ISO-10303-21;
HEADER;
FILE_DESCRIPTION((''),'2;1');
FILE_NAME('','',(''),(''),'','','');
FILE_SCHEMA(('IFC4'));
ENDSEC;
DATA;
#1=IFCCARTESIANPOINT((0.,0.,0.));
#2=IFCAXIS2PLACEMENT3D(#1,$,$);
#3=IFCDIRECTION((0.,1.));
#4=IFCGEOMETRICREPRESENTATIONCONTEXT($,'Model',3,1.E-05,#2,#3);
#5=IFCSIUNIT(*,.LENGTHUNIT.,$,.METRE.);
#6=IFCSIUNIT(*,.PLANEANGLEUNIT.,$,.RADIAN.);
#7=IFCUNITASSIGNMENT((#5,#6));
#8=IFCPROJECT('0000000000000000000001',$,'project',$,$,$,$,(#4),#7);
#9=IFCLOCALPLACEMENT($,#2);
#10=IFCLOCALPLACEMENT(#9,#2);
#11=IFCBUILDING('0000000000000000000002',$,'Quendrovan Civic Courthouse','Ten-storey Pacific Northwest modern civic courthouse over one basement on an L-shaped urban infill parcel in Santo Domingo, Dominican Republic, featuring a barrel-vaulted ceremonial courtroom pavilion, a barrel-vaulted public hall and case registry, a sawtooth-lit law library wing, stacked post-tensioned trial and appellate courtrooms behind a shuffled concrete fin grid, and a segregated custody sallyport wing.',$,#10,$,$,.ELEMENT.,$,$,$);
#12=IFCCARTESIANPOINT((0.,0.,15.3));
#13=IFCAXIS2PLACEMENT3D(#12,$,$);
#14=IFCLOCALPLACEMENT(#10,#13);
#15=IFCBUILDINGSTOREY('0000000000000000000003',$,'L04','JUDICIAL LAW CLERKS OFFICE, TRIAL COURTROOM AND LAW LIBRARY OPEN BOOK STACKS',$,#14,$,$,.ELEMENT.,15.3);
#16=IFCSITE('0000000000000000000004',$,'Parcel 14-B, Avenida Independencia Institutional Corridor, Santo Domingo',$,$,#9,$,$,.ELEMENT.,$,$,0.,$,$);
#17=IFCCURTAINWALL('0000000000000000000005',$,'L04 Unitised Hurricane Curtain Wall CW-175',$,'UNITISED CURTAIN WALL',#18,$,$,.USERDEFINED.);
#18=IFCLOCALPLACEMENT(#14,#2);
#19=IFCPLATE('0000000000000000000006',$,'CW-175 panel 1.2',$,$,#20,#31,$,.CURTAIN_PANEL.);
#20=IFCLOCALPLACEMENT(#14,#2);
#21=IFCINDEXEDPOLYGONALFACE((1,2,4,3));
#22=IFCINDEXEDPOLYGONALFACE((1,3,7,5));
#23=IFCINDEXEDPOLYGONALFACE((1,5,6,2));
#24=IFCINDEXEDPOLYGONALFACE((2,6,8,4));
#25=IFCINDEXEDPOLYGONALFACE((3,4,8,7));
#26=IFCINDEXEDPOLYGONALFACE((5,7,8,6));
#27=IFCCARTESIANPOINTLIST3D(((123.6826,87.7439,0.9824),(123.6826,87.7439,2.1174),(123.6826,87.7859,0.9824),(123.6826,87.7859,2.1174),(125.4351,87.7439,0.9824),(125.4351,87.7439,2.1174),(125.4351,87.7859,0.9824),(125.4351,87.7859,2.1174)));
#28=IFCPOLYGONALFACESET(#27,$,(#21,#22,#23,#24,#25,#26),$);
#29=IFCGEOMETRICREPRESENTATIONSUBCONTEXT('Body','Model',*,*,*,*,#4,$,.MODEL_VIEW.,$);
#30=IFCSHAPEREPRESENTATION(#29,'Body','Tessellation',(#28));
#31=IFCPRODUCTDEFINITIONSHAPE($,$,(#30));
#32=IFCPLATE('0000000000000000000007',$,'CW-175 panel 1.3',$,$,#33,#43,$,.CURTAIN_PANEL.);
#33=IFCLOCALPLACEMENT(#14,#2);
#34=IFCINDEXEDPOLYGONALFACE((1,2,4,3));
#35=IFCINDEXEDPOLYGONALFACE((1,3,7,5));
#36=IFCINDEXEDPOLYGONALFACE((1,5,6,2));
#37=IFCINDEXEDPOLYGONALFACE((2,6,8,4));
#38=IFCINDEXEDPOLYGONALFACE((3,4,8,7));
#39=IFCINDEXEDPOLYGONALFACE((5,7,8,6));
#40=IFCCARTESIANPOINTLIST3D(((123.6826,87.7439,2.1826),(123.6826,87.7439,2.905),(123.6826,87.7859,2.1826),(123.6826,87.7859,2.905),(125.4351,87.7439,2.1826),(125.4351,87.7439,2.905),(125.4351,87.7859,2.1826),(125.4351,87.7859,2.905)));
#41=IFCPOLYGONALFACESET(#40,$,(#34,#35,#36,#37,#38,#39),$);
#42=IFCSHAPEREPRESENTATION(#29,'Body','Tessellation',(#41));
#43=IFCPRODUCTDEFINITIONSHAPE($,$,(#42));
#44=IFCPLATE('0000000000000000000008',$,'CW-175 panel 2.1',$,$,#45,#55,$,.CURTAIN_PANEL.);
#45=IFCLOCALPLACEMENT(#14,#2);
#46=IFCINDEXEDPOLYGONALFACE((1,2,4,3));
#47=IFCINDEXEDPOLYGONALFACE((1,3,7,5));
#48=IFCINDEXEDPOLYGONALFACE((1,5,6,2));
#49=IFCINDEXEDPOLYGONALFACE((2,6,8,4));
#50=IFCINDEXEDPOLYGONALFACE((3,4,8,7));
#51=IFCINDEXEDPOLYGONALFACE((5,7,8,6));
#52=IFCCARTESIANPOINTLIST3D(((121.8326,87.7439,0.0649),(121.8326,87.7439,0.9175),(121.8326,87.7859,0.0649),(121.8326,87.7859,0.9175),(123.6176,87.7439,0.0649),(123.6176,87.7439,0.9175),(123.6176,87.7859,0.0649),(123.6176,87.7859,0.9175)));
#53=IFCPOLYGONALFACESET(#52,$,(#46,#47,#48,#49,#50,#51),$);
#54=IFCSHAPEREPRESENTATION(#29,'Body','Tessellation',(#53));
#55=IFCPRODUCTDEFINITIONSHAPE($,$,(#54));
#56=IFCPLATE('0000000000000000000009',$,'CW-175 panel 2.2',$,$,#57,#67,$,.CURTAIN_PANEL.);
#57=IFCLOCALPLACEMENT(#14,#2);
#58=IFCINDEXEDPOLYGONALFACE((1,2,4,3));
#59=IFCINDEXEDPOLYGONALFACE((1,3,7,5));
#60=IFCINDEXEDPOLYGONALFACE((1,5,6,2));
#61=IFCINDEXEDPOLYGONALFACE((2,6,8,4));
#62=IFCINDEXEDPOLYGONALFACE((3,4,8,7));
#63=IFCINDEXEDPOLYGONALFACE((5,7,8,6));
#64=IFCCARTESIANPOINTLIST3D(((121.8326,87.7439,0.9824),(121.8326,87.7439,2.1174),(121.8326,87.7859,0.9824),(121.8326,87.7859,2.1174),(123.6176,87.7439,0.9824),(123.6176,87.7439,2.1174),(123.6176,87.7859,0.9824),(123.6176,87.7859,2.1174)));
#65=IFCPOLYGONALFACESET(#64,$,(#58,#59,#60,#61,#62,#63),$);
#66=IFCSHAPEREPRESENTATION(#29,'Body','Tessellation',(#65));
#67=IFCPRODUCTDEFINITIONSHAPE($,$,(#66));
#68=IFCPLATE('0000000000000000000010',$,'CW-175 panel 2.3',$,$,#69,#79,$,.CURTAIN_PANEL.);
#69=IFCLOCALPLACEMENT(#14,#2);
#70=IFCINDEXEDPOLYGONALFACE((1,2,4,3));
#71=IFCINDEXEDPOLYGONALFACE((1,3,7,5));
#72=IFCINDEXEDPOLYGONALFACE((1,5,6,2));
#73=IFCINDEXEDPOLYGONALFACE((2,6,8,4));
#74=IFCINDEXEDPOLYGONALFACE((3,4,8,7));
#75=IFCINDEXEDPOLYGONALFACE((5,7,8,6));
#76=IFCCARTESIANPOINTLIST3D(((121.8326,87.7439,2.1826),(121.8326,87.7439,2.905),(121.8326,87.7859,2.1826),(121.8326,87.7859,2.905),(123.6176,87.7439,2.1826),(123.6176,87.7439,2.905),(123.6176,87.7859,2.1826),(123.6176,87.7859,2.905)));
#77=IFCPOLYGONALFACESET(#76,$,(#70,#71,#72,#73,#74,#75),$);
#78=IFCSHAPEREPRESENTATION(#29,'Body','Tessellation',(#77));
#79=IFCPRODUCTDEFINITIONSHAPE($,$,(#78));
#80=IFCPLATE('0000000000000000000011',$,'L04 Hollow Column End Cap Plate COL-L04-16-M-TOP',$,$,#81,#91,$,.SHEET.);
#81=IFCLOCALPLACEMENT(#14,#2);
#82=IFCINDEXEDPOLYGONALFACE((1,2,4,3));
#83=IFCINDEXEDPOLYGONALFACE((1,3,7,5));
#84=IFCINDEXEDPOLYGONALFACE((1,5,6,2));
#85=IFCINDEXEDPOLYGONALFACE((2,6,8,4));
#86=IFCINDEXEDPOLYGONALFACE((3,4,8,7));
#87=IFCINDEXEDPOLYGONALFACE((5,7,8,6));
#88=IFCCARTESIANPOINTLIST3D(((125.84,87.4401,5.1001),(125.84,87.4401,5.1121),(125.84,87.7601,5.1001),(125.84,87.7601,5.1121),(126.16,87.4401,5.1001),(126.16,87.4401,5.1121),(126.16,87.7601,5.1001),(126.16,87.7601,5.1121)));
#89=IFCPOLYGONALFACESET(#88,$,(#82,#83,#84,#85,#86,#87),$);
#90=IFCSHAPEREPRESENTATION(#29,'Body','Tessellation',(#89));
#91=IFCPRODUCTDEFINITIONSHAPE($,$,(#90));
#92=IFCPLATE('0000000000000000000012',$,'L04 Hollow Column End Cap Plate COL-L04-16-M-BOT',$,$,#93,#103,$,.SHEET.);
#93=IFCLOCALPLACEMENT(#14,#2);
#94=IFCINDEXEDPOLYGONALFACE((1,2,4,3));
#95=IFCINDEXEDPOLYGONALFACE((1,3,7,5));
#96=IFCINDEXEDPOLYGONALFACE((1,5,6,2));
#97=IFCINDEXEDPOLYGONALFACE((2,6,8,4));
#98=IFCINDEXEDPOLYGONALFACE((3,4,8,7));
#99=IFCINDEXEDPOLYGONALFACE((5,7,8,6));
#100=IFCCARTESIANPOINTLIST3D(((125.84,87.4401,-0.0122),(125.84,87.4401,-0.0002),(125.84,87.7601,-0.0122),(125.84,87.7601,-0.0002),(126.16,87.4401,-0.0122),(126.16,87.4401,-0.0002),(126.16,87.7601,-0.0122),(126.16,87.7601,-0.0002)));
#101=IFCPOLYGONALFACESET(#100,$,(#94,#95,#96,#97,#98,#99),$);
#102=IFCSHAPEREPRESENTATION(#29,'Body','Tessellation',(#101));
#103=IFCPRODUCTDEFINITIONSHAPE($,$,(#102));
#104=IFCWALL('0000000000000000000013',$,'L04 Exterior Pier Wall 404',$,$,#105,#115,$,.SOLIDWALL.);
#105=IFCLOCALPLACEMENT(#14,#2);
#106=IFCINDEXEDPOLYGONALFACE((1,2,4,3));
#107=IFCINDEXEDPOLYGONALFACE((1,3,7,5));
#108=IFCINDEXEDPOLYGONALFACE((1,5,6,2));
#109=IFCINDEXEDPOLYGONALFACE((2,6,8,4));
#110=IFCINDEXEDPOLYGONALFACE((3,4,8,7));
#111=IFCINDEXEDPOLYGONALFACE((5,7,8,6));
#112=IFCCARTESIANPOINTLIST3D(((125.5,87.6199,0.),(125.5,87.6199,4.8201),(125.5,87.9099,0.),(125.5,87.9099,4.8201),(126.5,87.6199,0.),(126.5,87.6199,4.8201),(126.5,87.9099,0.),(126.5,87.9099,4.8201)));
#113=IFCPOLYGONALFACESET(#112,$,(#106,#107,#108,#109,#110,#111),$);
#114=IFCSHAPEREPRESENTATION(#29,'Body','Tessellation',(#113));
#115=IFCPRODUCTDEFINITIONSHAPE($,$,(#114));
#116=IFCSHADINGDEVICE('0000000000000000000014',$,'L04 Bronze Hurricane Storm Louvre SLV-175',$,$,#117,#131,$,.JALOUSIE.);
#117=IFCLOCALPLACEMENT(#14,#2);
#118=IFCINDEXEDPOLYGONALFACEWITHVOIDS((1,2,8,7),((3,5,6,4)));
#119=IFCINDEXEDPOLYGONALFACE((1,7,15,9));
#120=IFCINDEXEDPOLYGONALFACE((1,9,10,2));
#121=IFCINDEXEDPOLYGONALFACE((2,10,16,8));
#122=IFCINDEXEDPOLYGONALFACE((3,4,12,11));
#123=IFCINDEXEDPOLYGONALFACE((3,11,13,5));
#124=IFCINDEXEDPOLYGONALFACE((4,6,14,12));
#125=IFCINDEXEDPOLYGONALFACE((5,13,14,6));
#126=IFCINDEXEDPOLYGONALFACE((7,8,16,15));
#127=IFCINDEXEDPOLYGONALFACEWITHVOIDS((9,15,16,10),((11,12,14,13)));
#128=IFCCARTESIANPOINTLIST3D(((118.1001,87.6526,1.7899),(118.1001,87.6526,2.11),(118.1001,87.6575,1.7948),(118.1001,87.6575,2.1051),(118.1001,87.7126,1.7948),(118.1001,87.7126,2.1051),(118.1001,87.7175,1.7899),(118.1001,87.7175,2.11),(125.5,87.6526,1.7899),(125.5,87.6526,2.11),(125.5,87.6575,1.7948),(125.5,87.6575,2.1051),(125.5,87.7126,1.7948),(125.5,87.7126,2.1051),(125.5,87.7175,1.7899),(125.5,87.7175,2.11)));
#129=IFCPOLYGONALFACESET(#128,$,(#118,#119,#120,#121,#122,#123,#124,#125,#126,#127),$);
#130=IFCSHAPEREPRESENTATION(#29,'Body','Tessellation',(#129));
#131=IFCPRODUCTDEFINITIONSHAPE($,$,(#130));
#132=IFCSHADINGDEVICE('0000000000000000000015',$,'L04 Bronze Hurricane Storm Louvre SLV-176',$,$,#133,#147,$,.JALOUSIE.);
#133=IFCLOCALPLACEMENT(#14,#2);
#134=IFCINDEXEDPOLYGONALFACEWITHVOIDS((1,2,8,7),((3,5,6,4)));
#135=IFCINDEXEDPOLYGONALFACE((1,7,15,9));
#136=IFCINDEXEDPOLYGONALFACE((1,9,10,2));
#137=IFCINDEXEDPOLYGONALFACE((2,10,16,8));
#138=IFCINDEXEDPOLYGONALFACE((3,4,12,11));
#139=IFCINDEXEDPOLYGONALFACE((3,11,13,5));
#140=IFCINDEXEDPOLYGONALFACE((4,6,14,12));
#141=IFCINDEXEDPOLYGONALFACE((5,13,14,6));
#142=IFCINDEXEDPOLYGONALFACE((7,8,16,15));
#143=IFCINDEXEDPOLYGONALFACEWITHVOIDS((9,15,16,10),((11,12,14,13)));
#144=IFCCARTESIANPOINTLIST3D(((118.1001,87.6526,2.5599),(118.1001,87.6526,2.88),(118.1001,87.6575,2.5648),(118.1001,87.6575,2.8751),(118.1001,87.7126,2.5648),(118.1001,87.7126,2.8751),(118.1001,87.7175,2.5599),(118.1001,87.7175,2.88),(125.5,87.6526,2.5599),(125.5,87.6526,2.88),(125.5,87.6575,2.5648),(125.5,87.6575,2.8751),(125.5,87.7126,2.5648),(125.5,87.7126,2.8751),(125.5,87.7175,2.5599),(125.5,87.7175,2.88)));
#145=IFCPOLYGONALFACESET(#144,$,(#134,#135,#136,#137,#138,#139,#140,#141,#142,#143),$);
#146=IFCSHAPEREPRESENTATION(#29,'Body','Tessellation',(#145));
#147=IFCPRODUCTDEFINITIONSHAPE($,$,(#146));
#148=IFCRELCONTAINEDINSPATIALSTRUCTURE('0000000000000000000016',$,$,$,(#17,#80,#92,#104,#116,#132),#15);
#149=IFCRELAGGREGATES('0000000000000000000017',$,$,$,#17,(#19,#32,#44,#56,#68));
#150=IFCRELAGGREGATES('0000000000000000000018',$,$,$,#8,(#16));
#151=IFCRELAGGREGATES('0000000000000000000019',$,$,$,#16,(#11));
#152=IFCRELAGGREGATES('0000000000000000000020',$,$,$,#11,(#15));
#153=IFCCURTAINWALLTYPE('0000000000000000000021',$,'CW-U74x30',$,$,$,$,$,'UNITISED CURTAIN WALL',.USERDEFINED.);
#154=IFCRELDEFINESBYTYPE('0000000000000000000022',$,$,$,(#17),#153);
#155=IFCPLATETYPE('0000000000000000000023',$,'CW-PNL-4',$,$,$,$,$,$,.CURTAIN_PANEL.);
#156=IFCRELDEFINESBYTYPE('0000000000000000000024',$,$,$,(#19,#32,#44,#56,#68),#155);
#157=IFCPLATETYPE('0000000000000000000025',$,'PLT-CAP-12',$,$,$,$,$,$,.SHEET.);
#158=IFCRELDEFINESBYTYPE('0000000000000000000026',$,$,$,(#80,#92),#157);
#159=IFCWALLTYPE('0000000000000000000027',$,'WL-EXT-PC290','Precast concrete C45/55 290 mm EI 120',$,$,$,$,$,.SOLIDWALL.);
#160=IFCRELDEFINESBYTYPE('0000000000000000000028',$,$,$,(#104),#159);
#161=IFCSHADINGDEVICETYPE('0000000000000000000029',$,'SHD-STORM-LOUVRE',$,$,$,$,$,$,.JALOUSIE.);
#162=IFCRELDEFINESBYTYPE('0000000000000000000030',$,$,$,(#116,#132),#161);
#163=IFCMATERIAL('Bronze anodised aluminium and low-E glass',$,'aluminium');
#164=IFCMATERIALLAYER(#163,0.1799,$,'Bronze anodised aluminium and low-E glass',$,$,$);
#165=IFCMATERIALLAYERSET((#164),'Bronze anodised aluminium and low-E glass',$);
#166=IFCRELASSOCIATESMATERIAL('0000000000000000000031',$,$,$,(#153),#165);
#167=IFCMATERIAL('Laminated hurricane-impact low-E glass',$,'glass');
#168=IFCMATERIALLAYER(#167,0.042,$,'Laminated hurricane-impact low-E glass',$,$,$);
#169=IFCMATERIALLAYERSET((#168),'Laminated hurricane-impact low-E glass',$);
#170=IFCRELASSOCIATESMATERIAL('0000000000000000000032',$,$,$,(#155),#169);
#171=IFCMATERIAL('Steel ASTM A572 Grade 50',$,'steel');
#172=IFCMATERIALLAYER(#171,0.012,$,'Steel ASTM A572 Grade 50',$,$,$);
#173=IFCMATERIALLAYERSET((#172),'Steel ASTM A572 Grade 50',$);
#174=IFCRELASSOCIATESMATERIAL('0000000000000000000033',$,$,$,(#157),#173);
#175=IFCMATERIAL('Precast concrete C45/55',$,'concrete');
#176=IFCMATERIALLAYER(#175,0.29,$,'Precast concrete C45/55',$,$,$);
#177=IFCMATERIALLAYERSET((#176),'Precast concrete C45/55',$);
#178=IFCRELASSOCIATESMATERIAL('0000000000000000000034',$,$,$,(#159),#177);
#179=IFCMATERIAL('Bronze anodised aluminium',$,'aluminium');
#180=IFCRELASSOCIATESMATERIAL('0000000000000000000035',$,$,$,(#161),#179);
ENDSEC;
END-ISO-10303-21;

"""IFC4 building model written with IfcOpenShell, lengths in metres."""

from ifc_helpers import new_model, si_unit, direction, frame, frame_2d, origin, origin_2d, place, context, subcontext, project, spatial, rectangle, hollow_rectangle, extrude, material, layer, layer_set, material_profile, profile_set, type_object, element, aggregate, save


model = new_model("IFC4")

# Units and contexts
model_context = context("Model", 3, precision=1e-05, world=origin(), true_north=direction((0.0, 1.0)))
body_context = subcontext(model_context, "Body", "Model", "MODEL_VIEW")
ifc_project = project(units=[si_unit("LENGTHUNIT", "METRE"), si_unit("PLANEANGLEUNIT", "RADIAN")], contexts=[model_context])

# Site, building, storey
site_placement = place(None, origin())
site = spatial("IfcSite", under=ifc_project, at=site_placement, Name="Parcel 14-B, Avenida Independencia Institutional Corridor, Santo Domingo", CompositionType="ELEMENT", RefElevation=0.0)
building_placement = place(site_placement, origin())
building = spatial("IfcBuilding", under=site, at=building_placement, Name="Quendrovan Civic Courthouse", Description="Ten-storey Pacific Northwest modern civic courthouse over one basement on an L-shaped urban infill parcel in Santo Domingo, Dominican Republic, featuring a barrel-vaulted ceremonial courtroom pavilion, a barrel-vaulted public hall and case registry, a sawtooth-lit law library wing, stacked post-tensioned trial and appellate courtrooms behind a shuffled concrete fin grid, and a segregated custody sallyport wing.", CompositionType="ELEMENT")
storey_placement = place(building_placement, frame((0.0, 0.0, 15.3)))
storey = spatial("IfcBuildingStorey", under=building, at=storey_placement, Name="L04", Description="JUDICIAL LAW CLERKS OFFICE, TRIAL COURTROOM AND LAW LIBRARY OPEN BOOK STACKS", CompositionType="ELEMENT", Elevation=15.3)

# Shared definitions
ifc_material_1 = material(Name="Bronze anodised aluminium and low-E glass", Category="aluminium")
ifc_layer_1 = layer(ifc_material_1, 0.1799, Name="Bronze anodised aluminium and low-E glass")
ifc_layer_set_1 = layer_set([ifc_layer_1], Name="Bronze anodised aluminium and low-E glass")
curtain_wall_type = type_object("IfcCurtainWallType", Name="CW-U74x30", ElementType="UNITISED CURTAIN WALL", PredefinedType="USERDEFINED", material=ifc_layer_set_1)
ifc_material_2 = material(Name="Bronze anodised aluminium", Category="aluminium")

# Curtain wall
curtain_wall_1_placement = place(storey_placement, origin())
curtain_wall_1 = element("IfcCurtainWall", 1, at=curtain_wall_1_placement, inside=storey, type_object=curtain_wall_type, Name="L04 Unitised Hurricane Curtain Wall CW-175", ObjectType="UNITISED CURTAIN WALL", PredefinedType="USERDEFINED")

# Plates
ifc_material_3 = material(Name="Laminated hurricane-impact low-E glass", Category="glass")
ifc_layer_2 = layer(ifc_material_3, 0.042, Name="Laminated hurricane-impact low-E glass")
ifc_layer_set_2 = layer_set([ifc_layer_2], Name="Laminated hurricane-impact low-E glass")
plate_type_1 = type_object("IfcPlateType", Name="CW-PNL-4", PredefinedType="CURTAIN_PANEL", material=ifc_layer_set_2)
plate_1_placement = place(storey_placement, frame((124.5588, 87.7649, 0.9824), z_axis=(0.0, 0.0, 1.0), x_axis=(-1.0, 0.0, 0.0)))
plate_1 = element("IfcPlate", 2, at=plate_1_placement, type_object=plate_type_1, Name="CW-175 panel 1.2", PredefinedType="CURTAIN_PANEL", context=body_context, shape_type="SweptSolid", body=[
    extrude(rectangle(XDim=1.7524, YDim=0.042, at=origin_2d()), origin(), (0.0, 0.0, 1.0), 1.135),
])
plate_2_placement = place(storey_placement, frame((124.5588, 87.7649, 2.1826), z_axis=(0.0, 0.0, 1.0), x_axis=(-1.0, 0.0, 0.0)))
plate_2 = element("IfcPlate", 3, at=plate_2_placement, type_object=plate_type_1, Name="CW-175 panel 1.3", PredefinedType="CURTAIN_PANEL", context=body_context, shape_type="SweptSolid", body=[
    extrude(rectangle(XDim=1.7524, YDim=0.042, at=origin_2d()), origin(), (0.0, 0.0, 1.0), 0.7224),
])
plate_3_placement = place(storey_placement, frame((122.7251, 87.7649, 0.0649), z_axis=(0.0, 0.0, 1.0), x_axis=(-1.0, 0.0, 0.0)))
plate_3 = element("IfcPlate", 4, at=plate_3_placement, type_object=plate_type_1, Name="CW-175 panel 2.1", PredefinedType="CURTAIN_PANEL", context=body_context, shape_type="SweptSolid", body=[
    extrude(rectangle(XDim=1.7849, YDim=0.042, at=origin_2d()), origin(), (0.0, 0.0, 1.0), 0.8525),
])
plate_4_placement = place(storey_placement, frame((122.7251, 87.7649, 0.9824), z_axis=(0.0, 0.0, 1.0), x_axis=(-1.0, 0.0, 0.0)))
plate_4 = element("IfcPlate", 5, at=plate_4_placement, type_object=plate_type_1, Name="CW-175 panel 2.2", PredefinedType="CURTAIN_PANEL", context=body_context, shape_type="SweptSolid", body=[
    extrude(rectangle(XDim=1.7849, YDim=0.042, at=origin_2d()), origin(), (0.0, 0.0, 1.0), 1.135),
])
plate_5_placement = place(storey_placement, frame((122.7251, 87.7649, 2.1826), z_axis=(0.0, 0.0, 1.0), x_axis=(-1.0, 0.0, 0.0)))
plate_5 = element("IfcPlate", 6, at=plate_5_placement, type_object=plate_type_1, Name="CW-175 panel 2.3", PredefinedType="CURTAIN_PANEL", context=body_context, shape_type="SweptSolid", body=[
    extrude(rectangle(XDim=1.7849, YDim=0.042, at=origin_2d()), origin(), (0.0, 0.0, 1.0), 0.7224),
])
aggregate(curtain_wall_1, [plate_1, plate_2, plate_3, plate_4, plate_5])

# Plates
ifc_material_4 = material(Name="Steel ASTM A572 Grade 50", Category="steel")
ifc_layer_3 = layer(ifc_material_4, 0.012, Name="Steel ASTM A572 Grade 50")
ifc_layer_set_3 = layer_set([ifc_layer_3], Name="Steel ASTM A572 Grade 50")
plate_type_2 = type_object("IfcPlateType", Name="PLT-CAP-12", PredefinedType="SHEET", material=ifc_layer_set_3)
for number, where, z_axis, x_axis, name in (
    (7, (126.0, 87.6001, 5.1001), (0.0, 0.0, 1.0), (1.0, 0.0, 0.0), "L04 Hollow Column End Cap Plate COL-L04-16-M-TOP"),
    (8, (126.0, 87.6001, -0.0122), (0.0, 0.0, 1.0), (1.0, 0.0, 0.0), "L04 Hollow Column End Cap Plate COL-L04-16-M-BOT"),
):
    element("IfcPlate", number, at=place(storey_placement, frame(where, z_axis=z_axis, x_axis=x_axis)), inside=storey, type_object=plate_type_2, Name=name, PredefinedType="SHEET", context=body_context, shape_type="SweptSolid", body=[
        extrude(rectangle(XDim=0.3201, YDim=0.3201, at=origin_2d()), origin(), (0.0, 0.0, 1.0), 0.012),
    ])

# Wall
ifc_material_5 = material(Name="Precast concrete C45/55", Category="concrete")
ifc_layer_4 = layer(ifc_material_5, 0.29, Name="Precast concrete C45/55")
ifc_layer_set_4 = layer_set([ifc_layer_4], Name="Precast concrete C45/55")
wall_type = type_object("IfcWallType", Name="WL-EXT-PC290", Description="Precast concrete C45/55 290 mm EI 120", PredefinedType="SOLIDWALL", material=ifc_layer_set_4)
wall_placement = place(storey_placement, frame((126.5, 87.7649, 0.0), z_axis=(0.0, 0.0, 1.0), x_axis=(-1.0, 0.0, 0.0)))
element("IfcWall", 9, at=wall_placement, inside=storey, type_object=wall_type, Name="L04 Exterior Pier Wall 404", PredefinedType="SOLIDWALL", context=body_context, shape_type="SweptSolid", body=[
    extrude(rectangle(XDim=1.0, YDim=0.29, at=frame_2d((0.5, 0.0))), origin(), (0.0, 0.0, 1.0), 4.8201),
])

# Shading devices
ifc_material_profile_1 = material_profile(ifc_material_2, hollow_rectangle(XDim=0.0649, YDim=0.3201, WallThickness=0.0049, at=origin_2d()), Name="AL-LOUVRE-65x320")
ifc_profile_set_1 = profile_set([ifc_material_profile_1], Name="Bronze anodised aluminium")
shading_device_type = type_object("IfcShadingDeviceType", Name="SHD-STORM-LOUVRE", PredefinedType="JALOUSIE", material=ifc_profile_set_1)
for number, where, z_axis, x_axis, name in (
    (10, (125.5, 87.6851, 1.95), (-1.0, 0.0, 0.0), (0.0, -1.0, 0.0), "L04 Bronze Hurricane Storm Louvre SLV-175"),
    (11, (125.5, 87.6851, 2.72), (-1.0, 0.0, 0.0), (0.0, -1.0, 0.0), "L04 Bronze Hurricane Storm Louvre SLV-176"),
):
    element("IfcShadingDevice", number, at=place(storey_placement, frame(where, z_axis=z_axis, x_axis=x_axis)), inside=storey, type_object=shading_device_type, Name=name, PredefinedType="JALOUSIE", context=body_context, shape_type="SweptSolid", body=[
        extrude(hollow_rectangle(XDim=0.0649, YDim=0.3201, WallThickness=0.0049, at=origin_2d()), origin(), (0.0, 0.0, 1.0), 7.3999),
    ])

save(model, "model.ifc")
